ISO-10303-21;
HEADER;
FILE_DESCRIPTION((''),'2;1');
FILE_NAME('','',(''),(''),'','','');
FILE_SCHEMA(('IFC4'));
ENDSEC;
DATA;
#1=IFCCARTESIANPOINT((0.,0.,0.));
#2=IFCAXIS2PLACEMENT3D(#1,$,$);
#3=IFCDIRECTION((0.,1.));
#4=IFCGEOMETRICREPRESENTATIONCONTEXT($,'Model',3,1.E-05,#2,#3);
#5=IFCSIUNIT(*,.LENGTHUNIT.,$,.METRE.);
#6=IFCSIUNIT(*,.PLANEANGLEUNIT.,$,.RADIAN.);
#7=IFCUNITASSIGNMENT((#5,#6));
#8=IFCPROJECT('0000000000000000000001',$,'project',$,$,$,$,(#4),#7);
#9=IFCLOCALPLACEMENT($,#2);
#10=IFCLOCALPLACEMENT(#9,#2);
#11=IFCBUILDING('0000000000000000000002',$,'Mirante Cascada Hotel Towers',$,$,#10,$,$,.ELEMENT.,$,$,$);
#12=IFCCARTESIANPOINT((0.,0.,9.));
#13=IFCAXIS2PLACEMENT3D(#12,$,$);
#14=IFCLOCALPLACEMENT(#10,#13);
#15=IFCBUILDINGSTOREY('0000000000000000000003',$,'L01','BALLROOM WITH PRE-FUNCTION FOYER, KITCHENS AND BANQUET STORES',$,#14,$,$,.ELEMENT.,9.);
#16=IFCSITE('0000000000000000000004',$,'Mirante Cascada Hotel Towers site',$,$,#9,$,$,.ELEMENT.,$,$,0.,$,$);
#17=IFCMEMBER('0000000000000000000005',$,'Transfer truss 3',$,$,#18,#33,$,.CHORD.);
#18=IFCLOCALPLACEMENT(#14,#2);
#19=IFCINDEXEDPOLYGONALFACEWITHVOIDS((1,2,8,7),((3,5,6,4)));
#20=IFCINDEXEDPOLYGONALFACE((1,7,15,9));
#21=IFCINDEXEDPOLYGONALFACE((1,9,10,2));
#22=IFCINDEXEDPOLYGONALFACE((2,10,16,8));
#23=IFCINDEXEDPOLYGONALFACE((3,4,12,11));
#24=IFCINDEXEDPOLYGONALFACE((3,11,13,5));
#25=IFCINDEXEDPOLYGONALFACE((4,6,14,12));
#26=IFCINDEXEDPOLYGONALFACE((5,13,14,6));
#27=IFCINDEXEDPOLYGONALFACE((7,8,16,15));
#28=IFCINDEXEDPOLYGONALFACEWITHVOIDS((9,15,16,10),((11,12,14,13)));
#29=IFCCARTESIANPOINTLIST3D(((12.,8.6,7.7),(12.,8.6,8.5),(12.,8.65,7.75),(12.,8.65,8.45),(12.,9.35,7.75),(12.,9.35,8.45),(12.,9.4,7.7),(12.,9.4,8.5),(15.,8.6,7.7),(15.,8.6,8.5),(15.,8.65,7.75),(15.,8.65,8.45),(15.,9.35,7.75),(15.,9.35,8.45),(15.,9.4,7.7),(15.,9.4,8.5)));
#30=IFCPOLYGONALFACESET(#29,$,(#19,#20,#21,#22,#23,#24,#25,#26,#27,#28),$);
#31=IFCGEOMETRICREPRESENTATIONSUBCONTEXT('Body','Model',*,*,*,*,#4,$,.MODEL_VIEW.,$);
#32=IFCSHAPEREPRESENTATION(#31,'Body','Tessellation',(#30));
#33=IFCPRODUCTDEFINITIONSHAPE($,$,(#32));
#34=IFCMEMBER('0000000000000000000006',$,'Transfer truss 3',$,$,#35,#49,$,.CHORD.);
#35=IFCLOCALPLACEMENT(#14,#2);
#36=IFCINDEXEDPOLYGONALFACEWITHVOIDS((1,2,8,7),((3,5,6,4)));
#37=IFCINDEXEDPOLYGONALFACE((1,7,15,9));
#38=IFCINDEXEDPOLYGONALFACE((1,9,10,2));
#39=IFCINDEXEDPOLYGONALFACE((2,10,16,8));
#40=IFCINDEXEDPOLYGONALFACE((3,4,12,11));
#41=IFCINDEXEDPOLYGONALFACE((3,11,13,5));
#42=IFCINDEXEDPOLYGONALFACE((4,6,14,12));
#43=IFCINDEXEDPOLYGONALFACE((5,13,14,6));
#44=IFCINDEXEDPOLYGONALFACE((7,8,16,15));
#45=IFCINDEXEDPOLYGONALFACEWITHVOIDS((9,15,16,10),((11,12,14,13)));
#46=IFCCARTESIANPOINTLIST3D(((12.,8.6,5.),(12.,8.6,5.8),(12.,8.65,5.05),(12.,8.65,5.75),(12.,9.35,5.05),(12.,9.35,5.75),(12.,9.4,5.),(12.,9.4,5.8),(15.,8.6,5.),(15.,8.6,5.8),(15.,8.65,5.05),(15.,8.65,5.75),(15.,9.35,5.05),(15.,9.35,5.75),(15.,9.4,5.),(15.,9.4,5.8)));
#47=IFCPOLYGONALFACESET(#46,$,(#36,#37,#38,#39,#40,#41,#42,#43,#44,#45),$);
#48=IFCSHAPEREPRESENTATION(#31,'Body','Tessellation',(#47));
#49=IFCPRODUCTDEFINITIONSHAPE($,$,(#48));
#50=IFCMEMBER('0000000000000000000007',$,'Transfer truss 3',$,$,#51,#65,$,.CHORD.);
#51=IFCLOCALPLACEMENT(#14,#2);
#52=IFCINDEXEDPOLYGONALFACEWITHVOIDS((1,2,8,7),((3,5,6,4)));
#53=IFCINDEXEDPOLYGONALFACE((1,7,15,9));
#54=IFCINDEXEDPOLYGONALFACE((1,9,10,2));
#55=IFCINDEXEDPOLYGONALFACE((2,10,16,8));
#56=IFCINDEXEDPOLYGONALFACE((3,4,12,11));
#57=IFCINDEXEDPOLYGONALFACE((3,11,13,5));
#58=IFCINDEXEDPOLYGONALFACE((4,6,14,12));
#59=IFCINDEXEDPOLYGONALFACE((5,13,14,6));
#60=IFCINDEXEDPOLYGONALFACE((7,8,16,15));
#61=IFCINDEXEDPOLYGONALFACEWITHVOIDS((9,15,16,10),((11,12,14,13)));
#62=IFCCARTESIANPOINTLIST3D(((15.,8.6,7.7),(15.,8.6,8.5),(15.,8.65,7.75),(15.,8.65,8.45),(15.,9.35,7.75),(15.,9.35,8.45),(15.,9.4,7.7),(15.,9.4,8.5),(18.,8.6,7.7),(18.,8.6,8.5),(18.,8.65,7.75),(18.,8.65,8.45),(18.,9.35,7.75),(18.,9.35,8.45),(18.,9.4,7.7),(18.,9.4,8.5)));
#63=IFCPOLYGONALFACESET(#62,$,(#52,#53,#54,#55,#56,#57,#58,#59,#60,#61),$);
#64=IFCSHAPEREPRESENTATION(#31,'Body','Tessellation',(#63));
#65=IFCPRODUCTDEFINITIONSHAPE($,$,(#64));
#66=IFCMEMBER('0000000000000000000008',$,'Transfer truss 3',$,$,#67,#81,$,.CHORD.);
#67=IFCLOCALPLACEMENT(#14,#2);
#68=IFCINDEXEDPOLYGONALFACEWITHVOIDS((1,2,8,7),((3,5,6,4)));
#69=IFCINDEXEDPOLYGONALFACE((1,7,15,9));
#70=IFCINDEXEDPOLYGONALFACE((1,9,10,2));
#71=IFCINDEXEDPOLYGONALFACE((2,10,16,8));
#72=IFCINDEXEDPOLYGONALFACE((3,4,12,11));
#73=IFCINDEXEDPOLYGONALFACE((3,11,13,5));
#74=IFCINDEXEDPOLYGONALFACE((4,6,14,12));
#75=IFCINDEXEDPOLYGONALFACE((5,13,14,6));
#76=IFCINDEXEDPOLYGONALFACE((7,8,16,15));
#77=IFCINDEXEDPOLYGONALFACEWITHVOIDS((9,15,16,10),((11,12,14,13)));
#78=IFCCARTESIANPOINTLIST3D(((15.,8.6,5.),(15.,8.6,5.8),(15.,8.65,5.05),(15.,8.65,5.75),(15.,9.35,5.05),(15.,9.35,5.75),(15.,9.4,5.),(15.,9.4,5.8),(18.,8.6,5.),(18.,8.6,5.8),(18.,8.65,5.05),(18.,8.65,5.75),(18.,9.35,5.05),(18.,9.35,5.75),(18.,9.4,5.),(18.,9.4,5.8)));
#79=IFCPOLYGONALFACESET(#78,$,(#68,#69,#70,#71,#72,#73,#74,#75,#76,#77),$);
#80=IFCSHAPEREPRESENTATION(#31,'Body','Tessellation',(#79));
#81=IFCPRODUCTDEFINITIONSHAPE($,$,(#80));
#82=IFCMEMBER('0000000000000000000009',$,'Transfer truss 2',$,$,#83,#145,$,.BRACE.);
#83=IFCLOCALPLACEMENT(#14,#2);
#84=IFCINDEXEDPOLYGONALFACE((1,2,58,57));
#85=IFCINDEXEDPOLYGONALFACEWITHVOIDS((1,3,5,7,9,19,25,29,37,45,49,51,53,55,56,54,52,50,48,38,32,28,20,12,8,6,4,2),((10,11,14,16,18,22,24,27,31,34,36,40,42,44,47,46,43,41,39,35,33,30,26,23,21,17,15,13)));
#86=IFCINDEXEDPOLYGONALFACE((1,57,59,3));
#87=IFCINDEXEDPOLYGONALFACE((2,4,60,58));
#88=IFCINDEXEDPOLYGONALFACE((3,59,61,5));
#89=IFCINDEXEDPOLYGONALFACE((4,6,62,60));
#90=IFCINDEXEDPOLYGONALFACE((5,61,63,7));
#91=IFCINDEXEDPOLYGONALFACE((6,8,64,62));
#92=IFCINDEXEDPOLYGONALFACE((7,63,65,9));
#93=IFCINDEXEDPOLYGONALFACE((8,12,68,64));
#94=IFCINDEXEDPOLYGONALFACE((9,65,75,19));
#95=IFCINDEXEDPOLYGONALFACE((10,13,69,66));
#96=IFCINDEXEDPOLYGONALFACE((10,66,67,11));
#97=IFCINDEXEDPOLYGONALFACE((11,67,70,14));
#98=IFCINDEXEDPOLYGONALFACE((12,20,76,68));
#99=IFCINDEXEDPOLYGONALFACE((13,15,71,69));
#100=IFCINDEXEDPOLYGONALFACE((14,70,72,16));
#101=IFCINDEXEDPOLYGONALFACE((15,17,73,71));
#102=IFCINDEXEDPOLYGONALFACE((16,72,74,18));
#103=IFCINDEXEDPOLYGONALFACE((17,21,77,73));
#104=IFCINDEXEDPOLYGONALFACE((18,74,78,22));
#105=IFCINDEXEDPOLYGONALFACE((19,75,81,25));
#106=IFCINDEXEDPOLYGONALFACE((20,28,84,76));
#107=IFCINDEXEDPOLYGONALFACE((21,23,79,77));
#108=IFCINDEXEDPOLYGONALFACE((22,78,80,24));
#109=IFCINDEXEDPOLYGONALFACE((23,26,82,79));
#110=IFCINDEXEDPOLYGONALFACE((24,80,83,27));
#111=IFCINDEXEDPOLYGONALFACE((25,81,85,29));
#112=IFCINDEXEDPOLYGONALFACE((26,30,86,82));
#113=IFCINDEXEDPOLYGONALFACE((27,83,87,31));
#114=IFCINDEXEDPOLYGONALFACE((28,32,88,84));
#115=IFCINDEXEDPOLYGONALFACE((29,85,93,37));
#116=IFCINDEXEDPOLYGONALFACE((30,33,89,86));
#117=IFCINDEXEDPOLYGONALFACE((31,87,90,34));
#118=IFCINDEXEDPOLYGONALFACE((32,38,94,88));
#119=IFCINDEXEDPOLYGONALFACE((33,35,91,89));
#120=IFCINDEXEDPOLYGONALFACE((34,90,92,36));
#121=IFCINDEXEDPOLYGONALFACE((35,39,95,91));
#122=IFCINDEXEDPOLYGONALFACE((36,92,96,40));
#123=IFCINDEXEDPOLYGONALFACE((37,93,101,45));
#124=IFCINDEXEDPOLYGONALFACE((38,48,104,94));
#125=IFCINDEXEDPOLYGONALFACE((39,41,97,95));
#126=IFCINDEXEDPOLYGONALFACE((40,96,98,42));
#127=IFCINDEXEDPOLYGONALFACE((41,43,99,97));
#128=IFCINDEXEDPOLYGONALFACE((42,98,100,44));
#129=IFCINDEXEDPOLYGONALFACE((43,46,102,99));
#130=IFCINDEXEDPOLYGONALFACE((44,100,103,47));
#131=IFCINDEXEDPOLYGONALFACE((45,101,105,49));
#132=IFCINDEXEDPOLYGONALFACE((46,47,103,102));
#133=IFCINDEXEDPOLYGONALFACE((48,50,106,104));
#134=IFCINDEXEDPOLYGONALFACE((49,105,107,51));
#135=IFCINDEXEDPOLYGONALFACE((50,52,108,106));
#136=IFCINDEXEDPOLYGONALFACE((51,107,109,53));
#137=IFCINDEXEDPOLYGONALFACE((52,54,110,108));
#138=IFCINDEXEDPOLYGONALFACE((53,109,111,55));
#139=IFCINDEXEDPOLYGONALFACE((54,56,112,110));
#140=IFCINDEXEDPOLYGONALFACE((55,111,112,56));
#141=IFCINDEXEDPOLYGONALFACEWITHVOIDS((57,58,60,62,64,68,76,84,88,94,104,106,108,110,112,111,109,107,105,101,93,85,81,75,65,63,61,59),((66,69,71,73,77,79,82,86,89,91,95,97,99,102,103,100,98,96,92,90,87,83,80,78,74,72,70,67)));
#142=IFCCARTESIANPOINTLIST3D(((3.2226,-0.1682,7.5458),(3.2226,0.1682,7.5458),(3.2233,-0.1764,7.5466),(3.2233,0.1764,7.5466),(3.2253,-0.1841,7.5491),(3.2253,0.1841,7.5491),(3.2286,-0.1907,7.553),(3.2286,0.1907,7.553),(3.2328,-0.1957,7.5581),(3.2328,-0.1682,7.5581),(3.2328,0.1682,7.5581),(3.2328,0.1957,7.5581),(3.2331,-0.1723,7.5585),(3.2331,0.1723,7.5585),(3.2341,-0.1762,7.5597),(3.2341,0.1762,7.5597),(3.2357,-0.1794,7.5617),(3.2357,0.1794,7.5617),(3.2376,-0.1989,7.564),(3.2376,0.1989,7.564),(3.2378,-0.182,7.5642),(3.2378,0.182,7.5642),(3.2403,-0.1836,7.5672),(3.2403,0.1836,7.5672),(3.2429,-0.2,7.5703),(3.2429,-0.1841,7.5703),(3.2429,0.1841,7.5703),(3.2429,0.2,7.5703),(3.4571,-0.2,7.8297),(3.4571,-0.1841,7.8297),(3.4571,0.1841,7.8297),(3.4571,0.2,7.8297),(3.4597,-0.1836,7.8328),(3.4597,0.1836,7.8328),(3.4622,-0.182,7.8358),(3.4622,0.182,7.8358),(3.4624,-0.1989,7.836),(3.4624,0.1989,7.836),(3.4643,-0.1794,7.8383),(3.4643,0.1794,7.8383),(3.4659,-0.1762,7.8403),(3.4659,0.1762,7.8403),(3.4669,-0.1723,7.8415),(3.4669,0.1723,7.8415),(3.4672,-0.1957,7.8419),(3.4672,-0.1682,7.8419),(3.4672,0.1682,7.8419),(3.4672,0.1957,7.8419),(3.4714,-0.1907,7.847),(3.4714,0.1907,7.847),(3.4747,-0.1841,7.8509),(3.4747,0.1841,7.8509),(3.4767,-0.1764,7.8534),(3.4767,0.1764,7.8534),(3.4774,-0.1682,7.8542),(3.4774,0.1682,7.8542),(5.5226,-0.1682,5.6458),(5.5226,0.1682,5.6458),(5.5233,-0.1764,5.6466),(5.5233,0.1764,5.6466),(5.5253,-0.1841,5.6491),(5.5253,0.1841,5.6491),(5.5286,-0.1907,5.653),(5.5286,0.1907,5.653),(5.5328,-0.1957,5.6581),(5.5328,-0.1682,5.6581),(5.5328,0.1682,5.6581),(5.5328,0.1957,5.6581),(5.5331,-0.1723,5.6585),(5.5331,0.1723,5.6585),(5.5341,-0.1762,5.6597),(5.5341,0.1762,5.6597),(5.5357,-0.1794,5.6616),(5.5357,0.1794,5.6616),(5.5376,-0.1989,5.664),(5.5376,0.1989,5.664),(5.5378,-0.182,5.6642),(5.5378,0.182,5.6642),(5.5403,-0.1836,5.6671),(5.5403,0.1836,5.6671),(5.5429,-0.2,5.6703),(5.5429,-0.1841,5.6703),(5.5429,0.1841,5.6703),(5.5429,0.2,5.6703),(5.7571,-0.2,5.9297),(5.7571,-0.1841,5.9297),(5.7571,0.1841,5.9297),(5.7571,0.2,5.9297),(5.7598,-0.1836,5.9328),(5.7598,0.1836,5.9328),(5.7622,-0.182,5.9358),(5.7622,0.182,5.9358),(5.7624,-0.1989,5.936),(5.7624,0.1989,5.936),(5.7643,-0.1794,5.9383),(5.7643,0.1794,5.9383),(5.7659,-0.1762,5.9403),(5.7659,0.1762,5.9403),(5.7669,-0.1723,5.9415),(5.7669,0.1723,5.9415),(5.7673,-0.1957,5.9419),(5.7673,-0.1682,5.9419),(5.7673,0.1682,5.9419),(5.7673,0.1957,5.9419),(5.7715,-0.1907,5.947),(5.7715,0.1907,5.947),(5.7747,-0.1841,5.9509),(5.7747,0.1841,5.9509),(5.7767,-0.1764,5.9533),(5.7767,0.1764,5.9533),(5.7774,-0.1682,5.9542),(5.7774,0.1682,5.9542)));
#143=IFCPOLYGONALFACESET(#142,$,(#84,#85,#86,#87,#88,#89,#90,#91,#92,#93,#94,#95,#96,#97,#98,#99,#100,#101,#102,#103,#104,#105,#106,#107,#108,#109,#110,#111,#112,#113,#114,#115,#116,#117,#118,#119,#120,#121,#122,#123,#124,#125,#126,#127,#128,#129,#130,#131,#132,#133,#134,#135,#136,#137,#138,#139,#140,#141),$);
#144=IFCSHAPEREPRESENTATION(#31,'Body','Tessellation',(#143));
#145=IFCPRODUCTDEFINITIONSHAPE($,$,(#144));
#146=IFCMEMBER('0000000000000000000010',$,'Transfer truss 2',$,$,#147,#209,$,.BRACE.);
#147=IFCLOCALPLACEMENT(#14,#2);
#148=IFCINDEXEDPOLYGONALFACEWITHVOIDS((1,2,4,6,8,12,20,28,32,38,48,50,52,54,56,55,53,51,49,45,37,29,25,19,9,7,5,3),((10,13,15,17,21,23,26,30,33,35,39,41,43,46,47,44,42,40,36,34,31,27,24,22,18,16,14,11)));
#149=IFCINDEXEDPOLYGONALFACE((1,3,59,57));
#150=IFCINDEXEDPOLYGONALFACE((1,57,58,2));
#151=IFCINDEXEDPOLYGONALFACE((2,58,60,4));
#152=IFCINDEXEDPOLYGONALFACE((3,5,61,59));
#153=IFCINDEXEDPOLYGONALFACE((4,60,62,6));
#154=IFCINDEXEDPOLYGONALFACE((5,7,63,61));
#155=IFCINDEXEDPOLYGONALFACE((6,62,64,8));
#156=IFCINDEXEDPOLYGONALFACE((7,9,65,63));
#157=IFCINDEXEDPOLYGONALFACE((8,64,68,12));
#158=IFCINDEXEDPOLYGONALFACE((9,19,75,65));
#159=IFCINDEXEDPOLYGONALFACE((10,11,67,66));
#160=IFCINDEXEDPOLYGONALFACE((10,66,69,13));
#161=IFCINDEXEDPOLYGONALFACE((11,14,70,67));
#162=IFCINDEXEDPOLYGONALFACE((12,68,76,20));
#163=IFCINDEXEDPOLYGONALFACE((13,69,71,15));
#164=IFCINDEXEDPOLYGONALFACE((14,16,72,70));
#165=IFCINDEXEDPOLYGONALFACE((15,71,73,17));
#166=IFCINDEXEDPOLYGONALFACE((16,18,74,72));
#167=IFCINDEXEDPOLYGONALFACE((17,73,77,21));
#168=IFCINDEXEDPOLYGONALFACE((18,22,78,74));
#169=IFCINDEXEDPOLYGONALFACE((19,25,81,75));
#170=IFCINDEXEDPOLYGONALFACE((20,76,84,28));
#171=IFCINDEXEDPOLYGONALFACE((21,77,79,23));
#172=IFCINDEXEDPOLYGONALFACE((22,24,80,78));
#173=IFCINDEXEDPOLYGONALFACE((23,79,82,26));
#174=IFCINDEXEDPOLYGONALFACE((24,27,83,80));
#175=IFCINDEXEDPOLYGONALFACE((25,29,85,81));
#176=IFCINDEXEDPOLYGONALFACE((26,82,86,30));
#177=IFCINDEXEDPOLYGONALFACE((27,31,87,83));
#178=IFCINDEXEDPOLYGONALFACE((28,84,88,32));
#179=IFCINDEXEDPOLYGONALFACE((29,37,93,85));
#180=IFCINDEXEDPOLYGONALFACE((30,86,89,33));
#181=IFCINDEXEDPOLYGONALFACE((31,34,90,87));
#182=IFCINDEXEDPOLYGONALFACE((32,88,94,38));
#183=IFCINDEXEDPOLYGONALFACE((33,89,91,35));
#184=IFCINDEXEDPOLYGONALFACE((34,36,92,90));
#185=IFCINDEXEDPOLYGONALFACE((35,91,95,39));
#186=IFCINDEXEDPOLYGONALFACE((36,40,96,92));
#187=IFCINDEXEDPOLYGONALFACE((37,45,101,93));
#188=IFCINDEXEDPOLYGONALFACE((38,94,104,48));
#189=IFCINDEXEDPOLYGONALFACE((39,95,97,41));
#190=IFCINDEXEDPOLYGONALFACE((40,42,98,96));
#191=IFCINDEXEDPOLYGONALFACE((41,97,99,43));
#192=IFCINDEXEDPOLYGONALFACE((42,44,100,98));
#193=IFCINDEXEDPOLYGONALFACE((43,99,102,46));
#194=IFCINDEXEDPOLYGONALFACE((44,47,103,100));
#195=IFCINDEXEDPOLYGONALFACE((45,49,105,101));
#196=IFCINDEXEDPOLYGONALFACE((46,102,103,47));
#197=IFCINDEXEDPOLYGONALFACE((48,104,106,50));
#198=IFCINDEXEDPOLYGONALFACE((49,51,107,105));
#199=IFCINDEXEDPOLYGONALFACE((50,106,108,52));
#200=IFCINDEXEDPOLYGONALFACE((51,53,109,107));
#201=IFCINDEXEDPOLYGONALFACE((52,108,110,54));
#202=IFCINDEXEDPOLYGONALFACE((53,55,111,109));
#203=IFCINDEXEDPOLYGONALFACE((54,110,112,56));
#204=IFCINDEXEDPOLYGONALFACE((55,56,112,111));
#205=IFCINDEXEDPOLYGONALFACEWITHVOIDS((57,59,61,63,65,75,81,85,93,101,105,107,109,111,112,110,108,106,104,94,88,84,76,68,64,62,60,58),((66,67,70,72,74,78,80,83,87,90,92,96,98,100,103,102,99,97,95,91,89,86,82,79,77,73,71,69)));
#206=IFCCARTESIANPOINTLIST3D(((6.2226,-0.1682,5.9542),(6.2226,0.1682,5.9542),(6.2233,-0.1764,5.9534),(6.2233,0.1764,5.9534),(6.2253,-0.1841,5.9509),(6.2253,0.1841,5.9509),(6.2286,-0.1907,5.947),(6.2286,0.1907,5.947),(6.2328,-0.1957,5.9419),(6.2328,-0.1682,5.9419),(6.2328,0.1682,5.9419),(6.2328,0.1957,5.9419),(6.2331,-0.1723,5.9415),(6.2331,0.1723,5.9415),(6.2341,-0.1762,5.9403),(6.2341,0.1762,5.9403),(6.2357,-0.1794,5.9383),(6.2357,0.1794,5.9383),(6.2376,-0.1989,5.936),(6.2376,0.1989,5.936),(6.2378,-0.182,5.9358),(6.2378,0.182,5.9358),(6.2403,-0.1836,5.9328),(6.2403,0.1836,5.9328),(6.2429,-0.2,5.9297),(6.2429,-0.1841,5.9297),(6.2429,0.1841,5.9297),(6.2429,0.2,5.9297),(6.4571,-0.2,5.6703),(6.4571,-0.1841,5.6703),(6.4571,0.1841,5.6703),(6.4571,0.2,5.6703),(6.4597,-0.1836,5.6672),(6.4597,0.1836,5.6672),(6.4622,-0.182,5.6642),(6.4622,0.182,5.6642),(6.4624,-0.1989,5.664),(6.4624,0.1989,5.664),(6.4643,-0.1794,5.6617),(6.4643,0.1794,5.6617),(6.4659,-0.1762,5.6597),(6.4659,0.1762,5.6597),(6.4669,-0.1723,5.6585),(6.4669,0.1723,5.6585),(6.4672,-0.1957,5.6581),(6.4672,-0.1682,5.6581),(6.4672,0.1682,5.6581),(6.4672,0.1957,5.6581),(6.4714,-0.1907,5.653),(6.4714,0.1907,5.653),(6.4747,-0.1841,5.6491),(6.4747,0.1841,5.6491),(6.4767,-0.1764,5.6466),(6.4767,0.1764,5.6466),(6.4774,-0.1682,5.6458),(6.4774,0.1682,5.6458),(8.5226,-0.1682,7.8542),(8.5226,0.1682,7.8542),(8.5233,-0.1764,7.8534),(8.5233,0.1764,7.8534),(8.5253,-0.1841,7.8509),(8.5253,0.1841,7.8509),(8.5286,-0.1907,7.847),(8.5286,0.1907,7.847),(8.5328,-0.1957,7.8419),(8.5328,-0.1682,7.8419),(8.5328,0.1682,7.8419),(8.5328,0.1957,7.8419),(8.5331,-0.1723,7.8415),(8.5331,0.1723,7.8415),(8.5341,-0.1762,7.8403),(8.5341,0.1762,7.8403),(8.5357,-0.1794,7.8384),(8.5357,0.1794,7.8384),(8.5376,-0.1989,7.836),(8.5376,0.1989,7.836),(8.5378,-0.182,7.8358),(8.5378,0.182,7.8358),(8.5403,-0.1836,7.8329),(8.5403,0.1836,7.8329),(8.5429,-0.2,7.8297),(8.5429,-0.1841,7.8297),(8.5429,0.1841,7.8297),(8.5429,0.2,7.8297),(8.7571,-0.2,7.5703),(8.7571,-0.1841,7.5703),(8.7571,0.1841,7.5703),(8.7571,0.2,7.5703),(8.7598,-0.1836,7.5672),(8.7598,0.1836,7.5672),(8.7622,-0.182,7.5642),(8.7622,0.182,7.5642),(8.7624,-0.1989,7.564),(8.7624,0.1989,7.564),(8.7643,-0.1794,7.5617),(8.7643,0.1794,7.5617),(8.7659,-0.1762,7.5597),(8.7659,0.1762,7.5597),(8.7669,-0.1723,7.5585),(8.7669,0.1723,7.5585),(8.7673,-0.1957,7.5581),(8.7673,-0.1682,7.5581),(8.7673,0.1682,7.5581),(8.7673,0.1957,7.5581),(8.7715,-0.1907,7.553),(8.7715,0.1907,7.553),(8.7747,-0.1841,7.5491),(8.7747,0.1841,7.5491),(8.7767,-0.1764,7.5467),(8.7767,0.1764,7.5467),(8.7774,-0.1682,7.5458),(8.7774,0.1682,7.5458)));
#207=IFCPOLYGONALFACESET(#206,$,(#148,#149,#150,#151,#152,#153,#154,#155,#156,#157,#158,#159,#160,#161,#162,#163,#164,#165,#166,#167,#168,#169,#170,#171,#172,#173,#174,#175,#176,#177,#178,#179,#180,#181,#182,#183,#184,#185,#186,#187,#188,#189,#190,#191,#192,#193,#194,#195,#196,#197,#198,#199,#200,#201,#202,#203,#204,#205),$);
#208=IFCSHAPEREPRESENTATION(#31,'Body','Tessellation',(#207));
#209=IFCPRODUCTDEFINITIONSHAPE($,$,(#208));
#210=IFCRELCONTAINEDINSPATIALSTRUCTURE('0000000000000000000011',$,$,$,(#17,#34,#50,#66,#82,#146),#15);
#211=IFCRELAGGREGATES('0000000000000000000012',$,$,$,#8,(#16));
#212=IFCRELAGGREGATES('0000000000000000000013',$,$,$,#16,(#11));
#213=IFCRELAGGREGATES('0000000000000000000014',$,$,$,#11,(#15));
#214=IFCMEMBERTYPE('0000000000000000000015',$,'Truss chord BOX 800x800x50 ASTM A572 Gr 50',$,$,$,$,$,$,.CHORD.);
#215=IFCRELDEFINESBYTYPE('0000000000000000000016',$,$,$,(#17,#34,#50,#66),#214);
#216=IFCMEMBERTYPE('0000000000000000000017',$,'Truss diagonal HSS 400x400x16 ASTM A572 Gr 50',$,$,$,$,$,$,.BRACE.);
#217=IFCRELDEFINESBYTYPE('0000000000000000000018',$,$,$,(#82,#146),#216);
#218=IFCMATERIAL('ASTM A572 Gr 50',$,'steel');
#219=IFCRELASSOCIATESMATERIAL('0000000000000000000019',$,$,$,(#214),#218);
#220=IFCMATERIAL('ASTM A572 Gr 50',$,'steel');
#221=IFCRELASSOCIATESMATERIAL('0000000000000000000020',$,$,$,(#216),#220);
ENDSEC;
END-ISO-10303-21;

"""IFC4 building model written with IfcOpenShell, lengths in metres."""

from ifc_helpers import new_model, si_unit, direction, frame, origin, origin_2d, place, context, subcontext, project, spatial, hollow_rectangle, extrude, material, material_profile, profile_set, type_object, element, save


model = new_model("IFC4")

# Units and contexts
model_context = context("Model", 3, precision=1e-05, world=origin(), true_north=direction((0.0, 1.0)))
body_context = subcontext(model_context, "Body", "Model", "MODEL_VIEW")
ifc_project = project(units=[si_unit("LENGTHUNIT", "METRE"), si_unit("PLANEANGLEUNIT", "RADIAN")], contexts=[model_context])

# Site, building, storey
site_placement = place(None, origin())
site = spatial("IfcSite", under=ifc_project, at=site_placement, Name="Mirante Cascada Hotel Towers site", CompositionType="ELEMENT", RefElevation=0.0)
building_placement = place(site_placement, origin())
building = spatial("IfcBuilding", under=site, at=building_placement, Name="Mirante Cascada Hotel Towers", CompositionType="ELEMENT")
storey_placement = place(building_placement, frame((0.0, 0.0, 9.0)))
storey = spatial("IfcBuildingStorey", under=building, at=storey_placement, Name="L01", Description="BALLROOM WITH PRE-FUNCTION FOYER, KITCHENS AND BANQUET STORES", CompositionType="ELEMENT", Elevation=9.0)

# Members
ifc_material_1 = material(Name="ASTM A572 Gr 50", Category="steel")
ifc_material_profile_1 = material_profile(ifc_material_1, hollow_rectangle(XDim=0.8, YDim=0.8, WallThickness=0.05, at=origin_2d()), Name="BOX 800x800x50")
ifc_profile_set_1 = profile_set([ifc_material_profile_1], Name="ASTM A572 Gr 50")
member_type_1 = type_object("IfcMemberType", Name="Truss chord BOX 800x800x50 ASTM A572 Gr 50", PredefinedType="CHORD", material=ifc_profile_set_1)
for number, where, z_axis, x_axis, name in (
    (1, (12.0, 9.0, 8.1), (1.0, 0.0, 0.0), (0.0, 1.0, 0.0), "Transfer truss 3"),
    (2, (12.0, 9.0, 5.4), (1.0, 0.0, 0.0), (0.0, 1.0, 0.0), "Transfer truss 3"),
    (3, (15.0, 9.0, 8.1), (1.0, 0.0, 0.0), (0.0, 1.0, 0.0), "Transfer truss 3"),
    (4, (15.0, 9.0, 5.4), (1.0, 0.0, 0.0), (0.0, 1.0, 0.0), "Transfer truss 3"),
):
    element("IfcMember", number, at=place(storey_placement, frame(where, z_axis=z_axis, x_axis=x_axis)), inside=storey, type_object=member_type_1, Name=name, PredefinedType="CHORD", context=body_context, shape_type="SweptSolid", body=[
        extrude(hollow_rectangle(XDim=0.8, YDim=0.8, WallThickness=0.05, at=origin_2d()), origin(), (0.0, 0.0, 1.0), 3.0),
    ])
ifc_material_2 = material(Name="ASTM A572 Gr 50", Category="steel")
ifc_material_profile_2 = material_profile(ifc_material_2, hollow_rectangle(XDim=0.4, YDim=0.4, WallThickness=0.0159, InnerFilletRadius=0.0159, OuterFilletRadius=0.0318, at=origin_2d()), Name="HSS 400x400x16")
ifc_profile_set_2 = profile_set([ifc_material_profile_2], Name="ASTM A572 Gr 50")
member_type_2 = type_object("IfcMemberType", Name="Truss diagonal HSS 400x400x16 ASTM A572 Gr 50", PredefinedType="BRACE", material=ifc_profile_set_2)
for number, where, z_axis, x_axis, name in (
    (5, (3.35, 0.0, 7.7), (0.770962, 0.0, -0.636881), (0.0, 1.0, 0.0), "Transfer truss 2"),
    (6, (6.35, 0.0, 5.8), (0.770962, 0.0, 0.636881), (0.0, 1.0, 0.0), "Transfer truss 2"),
):
    element("IfcMember", number, at=place(storey_placement, frame(where, z_axis=z_axis, x_axis=x_axis)), inside=storey, type_object=member_type_2, Name=name, PredefinedType="BRACE", context=body_context, shape_type="SweptSolid", body=[
        extrude(hollow_rectangle(XDim=0.4, YDim=0.4, WallThickness=0.0159, InnerFilletRadius=0.0159, OuterFilletRadius=0.0318, at=origin_2d()), origin(), (0.0, 0.0, 1.0), 2.9833),
    ])

save(model, "model.ifc")
